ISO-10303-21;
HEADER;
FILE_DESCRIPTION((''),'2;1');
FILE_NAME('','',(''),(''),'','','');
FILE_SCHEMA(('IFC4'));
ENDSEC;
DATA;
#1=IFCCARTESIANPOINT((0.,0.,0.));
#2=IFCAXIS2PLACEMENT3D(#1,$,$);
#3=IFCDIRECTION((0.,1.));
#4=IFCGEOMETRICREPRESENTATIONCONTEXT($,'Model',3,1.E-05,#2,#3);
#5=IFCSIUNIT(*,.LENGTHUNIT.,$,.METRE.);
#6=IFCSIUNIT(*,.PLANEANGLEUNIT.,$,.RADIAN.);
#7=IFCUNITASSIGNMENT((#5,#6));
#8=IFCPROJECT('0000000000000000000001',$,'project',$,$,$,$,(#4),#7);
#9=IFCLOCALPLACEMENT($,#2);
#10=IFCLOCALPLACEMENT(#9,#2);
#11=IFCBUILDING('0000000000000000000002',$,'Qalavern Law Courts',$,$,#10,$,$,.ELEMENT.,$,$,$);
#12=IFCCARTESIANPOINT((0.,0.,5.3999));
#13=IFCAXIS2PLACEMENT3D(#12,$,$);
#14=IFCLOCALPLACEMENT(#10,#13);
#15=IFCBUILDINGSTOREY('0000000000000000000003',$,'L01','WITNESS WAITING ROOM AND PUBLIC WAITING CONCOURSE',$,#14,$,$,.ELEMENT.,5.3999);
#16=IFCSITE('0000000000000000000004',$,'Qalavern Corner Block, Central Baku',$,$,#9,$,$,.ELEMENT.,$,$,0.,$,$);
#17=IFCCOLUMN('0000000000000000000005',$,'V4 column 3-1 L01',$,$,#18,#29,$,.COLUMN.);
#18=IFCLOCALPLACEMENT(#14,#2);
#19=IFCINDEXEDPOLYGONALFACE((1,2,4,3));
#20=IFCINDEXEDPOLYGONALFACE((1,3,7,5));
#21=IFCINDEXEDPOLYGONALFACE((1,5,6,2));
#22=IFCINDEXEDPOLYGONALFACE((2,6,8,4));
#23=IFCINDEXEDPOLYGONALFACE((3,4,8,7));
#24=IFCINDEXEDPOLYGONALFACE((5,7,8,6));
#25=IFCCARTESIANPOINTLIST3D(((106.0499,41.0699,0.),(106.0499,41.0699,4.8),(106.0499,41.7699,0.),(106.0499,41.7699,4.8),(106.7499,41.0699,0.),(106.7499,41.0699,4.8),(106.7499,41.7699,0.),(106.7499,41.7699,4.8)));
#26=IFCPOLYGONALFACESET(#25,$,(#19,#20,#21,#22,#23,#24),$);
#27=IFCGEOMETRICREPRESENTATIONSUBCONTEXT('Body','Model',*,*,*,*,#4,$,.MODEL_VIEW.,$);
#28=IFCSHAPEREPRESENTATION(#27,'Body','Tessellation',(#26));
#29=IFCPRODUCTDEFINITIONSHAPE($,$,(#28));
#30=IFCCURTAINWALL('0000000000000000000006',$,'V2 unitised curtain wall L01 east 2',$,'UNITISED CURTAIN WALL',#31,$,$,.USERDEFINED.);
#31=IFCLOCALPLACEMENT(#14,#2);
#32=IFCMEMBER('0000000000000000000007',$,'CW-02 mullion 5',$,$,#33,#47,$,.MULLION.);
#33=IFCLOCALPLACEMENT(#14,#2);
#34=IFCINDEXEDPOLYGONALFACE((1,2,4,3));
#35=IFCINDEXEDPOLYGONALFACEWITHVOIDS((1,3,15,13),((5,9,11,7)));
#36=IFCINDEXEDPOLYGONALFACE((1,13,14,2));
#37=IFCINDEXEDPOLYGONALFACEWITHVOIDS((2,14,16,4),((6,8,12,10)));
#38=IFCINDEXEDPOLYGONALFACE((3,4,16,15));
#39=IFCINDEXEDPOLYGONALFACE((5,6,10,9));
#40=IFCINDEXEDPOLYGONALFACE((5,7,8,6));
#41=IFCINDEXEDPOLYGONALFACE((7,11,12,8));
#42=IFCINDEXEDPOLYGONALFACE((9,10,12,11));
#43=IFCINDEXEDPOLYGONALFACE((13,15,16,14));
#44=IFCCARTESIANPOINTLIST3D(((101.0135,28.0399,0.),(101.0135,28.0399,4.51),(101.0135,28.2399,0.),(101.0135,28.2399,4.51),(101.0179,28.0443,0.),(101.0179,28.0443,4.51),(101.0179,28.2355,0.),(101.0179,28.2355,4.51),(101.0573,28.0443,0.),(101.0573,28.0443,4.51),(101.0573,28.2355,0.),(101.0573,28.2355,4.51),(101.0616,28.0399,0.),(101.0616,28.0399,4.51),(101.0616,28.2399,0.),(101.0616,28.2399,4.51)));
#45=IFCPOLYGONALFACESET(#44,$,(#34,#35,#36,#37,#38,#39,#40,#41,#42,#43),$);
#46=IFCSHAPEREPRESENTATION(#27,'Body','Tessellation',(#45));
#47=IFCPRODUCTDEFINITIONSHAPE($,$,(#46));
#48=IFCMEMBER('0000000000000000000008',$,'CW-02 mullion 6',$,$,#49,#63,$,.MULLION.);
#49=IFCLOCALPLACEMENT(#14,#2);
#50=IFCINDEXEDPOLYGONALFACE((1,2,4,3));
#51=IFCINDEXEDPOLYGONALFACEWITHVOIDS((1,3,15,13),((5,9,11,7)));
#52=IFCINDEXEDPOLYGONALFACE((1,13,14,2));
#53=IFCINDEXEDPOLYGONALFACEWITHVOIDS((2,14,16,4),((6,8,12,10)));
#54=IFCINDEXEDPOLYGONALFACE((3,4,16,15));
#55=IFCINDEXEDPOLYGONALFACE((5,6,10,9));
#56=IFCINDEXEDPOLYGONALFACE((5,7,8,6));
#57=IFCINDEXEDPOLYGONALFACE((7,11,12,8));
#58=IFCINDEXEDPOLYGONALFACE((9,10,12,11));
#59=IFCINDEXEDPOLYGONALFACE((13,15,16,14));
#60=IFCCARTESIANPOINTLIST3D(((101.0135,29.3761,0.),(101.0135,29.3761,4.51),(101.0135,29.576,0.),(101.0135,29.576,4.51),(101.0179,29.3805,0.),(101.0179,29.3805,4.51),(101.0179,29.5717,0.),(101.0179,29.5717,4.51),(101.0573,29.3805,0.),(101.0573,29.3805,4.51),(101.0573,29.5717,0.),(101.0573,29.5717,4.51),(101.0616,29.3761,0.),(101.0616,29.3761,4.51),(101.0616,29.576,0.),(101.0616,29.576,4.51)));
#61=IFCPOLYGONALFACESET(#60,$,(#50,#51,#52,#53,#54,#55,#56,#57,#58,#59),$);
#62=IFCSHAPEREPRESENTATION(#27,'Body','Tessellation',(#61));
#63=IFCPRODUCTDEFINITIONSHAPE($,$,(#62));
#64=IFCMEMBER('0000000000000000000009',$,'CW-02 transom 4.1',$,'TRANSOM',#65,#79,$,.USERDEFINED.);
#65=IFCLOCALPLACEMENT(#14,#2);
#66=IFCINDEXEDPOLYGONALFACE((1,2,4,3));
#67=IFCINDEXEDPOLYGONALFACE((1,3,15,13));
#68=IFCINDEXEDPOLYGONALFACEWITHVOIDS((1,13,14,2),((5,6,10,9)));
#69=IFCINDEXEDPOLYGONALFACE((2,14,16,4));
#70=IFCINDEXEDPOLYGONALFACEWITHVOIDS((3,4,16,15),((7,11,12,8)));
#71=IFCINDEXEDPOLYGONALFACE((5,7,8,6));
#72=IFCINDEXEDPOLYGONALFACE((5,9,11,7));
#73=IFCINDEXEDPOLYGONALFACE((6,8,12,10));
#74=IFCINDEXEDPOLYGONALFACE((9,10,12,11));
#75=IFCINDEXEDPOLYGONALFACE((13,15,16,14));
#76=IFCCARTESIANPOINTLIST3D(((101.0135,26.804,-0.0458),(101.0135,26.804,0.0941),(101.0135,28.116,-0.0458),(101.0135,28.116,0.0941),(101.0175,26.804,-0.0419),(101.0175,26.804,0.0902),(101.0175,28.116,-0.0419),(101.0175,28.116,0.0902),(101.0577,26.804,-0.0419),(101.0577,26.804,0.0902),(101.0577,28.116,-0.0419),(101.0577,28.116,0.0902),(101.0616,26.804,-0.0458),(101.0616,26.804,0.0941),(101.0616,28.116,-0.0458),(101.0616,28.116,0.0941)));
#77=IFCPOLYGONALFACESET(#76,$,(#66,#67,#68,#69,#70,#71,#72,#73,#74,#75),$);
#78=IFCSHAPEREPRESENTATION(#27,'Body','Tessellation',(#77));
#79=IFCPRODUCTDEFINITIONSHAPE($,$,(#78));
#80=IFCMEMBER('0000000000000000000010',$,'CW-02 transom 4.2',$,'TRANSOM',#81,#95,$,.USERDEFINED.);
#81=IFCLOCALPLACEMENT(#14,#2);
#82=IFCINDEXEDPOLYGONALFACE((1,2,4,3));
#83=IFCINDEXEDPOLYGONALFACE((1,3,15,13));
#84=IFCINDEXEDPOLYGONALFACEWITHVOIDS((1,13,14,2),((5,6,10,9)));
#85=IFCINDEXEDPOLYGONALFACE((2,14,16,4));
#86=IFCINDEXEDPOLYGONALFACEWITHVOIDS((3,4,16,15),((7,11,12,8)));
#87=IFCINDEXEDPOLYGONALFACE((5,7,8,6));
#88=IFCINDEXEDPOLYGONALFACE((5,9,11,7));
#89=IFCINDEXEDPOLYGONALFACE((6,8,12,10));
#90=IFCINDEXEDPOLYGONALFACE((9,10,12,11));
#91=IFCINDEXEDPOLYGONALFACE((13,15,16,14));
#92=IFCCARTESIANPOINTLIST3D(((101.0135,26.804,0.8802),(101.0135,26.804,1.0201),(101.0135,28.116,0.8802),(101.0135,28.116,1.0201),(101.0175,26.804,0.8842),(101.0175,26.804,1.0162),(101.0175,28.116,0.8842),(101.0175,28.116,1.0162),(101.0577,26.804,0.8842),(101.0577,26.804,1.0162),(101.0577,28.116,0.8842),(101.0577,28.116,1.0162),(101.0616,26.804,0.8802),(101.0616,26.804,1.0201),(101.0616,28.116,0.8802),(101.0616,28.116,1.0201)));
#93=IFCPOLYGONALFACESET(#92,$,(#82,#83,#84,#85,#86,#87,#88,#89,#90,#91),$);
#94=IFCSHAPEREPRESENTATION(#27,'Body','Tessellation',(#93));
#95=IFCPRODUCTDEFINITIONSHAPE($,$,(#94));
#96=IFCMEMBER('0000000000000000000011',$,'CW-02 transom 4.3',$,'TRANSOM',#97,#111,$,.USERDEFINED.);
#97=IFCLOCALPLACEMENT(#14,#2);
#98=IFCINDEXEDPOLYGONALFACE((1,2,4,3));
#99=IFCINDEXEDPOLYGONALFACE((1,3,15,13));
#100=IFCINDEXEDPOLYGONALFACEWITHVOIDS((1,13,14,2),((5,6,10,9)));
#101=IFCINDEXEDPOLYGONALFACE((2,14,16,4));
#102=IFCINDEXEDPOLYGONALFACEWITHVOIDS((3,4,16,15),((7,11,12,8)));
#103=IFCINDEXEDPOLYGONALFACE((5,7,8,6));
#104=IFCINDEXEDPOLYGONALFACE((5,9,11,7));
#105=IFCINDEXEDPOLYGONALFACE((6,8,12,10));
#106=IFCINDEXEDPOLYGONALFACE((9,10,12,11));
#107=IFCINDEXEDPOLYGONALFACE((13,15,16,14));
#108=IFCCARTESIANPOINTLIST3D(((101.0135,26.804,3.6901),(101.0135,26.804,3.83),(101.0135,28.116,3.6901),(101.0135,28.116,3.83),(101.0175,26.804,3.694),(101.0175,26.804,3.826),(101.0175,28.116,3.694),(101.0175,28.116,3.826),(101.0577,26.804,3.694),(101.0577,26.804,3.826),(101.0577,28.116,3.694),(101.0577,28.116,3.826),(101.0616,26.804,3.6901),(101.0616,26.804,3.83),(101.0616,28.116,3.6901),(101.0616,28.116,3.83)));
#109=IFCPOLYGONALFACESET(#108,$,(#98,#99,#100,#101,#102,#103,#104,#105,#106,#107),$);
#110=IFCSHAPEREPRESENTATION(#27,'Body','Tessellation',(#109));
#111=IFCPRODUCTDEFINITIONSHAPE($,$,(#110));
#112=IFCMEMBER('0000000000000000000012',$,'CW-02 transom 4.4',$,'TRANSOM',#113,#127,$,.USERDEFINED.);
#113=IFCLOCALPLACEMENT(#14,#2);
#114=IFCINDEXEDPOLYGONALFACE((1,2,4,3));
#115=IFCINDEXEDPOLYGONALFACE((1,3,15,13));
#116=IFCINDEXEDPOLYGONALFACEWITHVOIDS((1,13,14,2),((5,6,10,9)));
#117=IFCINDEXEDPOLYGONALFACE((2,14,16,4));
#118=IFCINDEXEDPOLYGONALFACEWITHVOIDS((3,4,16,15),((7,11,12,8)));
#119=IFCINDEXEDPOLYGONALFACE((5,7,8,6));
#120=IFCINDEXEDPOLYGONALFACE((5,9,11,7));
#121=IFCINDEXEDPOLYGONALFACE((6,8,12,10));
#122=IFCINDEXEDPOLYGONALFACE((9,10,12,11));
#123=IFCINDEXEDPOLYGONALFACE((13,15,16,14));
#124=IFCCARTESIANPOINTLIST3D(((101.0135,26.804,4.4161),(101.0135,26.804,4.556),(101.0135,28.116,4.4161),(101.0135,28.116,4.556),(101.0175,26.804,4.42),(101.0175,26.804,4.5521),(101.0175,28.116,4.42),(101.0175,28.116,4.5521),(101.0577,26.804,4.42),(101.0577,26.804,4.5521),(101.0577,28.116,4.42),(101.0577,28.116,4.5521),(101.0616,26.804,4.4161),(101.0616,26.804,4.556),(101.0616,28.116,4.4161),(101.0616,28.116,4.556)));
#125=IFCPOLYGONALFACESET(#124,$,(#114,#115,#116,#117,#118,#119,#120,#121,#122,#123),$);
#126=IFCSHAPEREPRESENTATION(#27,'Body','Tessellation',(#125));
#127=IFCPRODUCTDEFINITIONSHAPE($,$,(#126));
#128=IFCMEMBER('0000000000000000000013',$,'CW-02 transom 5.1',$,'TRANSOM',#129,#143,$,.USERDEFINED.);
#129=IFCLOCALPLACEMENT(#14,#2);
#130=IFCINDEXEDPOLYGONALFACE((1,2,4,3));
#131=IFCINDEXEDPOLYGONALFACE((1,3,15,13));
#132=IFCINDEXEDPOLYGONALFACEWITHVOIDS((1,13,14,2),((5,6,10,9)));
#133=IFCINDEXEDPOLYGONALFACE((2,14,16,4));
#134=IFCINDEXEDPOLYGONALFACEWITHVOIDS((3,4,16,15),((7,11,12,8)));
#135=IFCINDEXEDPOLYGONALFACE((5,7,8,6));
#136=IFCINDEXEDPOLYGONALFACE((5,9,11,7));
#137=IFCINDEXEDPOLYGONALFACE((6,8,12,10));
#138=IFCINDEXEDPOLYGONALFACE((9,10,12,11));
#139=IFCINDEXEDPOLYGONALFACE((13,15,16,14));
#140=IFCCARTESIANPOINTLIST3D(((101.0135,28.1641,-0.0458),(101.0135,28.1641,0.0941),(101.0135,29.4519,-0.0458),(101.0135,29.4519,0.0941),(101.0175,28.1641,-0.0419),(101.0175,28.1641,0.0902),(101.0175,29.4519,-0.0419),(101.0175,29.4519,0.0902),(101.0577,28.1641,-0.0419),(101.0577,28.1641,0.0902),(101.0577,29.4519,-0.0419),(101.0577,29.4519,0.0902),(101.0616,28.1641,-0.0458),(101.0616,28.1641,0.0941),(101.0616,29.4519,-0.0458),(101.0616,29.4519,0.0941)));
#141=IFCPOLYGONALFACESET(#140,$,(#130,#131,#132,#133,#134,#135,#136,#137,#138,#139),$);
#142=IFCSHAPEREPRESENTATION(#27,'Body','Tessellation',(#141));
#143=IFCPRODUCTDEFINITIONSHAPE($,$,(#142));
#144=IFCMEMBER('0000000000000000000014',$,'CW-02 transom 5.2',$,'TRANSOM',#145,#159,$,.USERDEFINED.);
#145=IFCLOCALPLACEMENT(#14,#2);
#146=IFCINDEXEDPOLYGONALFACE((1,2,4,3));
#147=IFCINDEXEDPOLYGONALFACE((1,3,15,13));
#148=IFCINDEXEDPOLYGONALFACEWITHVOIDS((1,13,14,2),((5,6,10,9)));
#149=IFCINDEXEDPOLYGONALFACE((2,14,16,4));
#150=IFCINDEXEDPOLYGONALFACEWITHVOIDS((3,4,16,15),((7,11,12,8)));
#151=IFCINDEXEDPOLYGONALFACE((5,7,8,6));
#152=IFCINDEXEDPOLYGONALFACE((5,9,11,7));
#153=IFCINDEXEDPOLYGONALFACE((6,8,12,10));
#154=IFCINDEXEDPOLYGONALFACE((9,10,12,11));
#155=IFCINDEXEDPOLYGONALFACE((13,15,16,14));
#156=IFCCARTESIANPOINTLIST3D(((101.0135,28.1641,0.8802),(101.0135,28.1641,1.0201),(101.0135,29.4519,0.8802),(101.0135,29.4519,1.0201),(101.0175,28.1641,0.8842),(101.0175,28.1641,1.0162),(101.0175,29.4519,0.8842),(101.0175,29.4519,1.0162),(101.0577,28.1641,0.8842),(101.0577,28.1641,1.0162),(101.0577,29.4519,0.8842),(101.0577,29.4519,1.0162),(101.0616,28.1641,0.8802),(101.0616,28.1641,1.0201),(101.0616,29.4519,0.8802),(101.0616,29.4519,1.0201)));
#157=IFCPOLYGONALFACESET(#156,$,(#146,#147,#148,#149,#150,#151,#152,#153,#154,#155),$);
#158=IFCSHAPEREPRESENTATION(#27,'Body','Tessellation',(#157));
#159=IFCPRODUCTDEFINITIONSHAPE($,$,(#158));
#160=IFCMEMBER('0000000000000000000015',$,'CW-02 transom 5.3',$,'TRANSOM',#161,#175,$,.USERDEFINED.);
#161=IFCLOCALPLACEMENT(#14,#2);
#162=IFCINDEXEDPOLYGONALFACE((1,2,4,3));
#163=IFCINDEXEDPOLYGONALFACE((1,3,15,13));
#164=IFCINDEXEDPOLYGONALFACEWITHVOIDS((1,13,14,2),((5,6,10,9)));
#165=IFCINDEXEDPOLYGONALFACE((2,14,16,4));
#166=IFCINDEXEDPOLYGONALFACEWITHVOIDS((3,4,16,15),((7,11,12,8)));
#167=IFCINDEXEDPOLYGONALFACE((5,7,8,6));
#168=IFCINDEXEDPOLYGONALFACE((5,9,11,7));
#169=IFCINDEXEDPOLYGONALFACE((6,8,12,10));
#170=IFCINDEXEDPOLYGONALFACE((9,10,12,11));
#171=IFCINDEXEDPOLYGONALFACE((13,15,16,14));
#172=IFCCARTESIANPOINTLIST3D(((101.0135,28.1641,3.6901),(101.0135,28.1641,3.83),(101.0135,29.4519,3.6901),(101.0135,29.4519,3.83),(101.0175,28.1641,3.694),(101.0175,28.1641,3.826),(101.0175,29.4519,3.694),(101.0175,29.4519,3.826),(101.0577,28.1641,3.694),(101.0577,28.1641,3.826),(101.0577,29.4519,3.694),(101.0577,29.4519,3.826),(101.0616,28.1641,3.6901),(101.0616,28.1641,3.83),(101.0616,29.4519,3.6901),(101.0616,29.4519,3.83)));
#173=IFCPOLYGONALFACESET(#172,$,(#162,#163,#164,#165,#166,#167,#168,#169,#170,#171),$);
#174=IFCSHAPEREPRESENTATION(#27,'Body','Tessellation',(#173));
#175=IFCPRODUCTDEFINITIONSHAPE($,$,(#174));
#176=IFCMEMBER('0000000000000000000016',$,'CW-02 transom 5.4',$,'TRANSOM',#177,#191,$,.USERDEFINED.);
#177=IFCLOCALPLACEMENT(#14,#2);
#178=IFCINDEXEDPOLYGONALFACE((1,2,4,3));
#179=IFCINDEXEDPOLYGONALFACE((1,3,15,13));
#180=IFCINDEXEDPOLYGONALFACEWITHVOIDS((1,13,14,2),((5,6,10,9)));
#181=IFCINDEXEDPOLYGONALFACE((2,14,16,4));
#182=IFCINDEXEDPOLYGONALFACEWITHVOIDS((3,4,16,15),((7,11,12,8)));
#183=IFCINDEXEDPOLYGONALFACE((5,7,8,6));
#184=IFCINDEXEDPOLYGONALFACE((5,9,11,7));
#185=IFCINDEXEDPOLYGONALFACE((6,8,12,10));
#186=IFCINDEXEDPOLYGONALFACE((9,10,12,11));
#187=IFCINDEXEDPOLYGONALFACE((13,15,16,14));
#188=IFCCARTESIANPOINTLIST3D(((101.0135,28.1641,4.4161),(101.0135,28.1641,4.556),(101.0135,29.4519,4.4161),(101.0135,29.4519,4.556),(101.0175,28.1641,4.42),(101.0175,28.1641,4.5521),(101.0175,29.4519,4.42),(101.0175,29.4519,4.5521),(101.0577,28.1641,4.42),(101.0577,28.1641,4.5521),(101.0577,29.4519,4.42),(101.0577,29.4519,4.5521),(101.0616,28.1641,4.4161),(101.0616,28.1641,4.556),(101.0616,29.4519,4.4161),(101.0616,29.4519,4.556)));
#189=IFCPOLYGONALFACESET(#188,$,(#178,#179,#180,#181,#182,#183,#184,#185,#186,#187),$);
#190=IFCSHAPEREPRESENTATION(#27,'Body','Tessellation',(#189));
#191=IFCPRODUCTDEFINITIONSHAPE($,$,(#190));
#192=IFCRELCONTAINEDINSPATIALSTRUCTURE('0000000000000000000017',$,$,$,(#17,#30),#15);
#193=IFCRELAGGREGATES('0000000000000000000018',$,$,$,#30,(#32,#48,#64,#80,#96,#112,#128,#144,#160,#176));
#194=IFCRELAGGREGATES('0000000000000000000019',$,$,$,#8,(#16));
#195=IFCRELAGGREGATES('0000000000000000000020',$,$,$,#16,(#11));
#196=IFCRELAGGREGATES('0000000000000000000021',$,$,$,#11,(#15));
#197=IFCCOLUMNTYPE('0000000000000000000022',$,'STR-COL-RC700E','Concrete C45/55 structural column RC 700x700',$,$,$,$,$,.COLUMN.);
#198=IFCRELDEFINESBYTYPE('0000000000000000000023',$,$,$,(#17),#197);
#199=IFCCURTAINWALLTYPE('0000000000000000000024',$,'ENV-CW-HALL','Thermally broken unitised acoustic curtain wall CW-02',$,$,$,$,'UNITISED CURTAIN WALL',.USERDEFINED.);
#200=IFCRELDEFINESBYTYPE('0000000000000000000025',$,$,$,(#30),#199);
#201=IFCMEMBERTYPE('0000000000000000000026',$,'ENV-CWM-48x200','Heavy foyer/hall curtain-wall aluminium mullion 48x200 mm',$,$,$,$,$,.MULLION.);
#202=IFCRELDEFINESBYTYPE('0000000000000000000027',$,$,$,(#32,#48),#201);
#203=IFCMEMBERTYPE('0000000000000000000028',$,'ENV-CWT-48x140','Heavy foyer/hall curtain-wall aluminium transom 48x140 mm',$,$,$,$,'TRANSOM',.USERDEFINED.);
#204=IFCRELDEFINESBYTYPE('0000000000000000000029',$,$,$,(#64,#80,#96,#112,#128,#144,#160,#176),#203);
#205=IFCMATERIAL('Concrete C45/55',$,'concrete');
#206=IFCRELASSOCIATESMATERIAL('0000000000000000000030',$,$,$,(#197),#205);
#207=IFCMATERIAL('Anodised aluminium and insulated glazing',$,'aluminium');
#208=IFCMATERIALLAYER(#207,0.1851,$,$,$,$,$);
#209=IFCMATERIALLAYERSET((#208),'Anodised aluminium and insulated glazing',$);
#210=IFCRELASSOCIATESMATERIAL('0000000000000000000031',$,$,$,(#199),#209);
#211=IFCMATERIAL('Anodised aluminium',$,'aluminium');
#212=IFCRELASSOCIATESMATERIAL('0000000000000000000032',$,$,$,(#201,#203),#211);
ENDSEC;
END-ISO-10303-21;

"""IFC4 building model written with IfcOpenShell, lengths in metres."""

from ifc_helpers import new_model, si_unit, direction, frame, origin, origin_2d, place, context, subcontext, project, spatial, rectangle, hollow_rectangle, extrude, material, layer, layer_set, material_profile, profile_set, type_object, element, aggregate, save


model = new_model("IFC4")

# Units and contexts
model_context = context("Model", 3, precision=1e-05, world=origin(), true_north=direction((0.0, 1.0)))
body_context = subcontext(model_context, "Body", "Model", "MODEL_VIEW")
ifc_project = project(units=[si_unit("LENGTHUNIT", "METRE"), si_unit("PLANEANGLEUNIT", "RADIAN")], contexts=[model_context])

# Site, building, storey
site_placement = place(None, origin())
site = spatial("IfcSite", under=ifc_project, at=site_placement, Name="Qalavern Corner Block, Central Baku", CompositionType="ELEMENT", RefElevation=0.0)
building_placement = place(site_placement, origin())
building = spatial("IfcBuilding", under=site, at=building_placement, Name="Qalavern Law Courts", CompositionType="ELEMENT")
storey_placement = place(building_placement, frame((0.0, 0.0, 5.3999)))
storey = spatial("IfcBuildingStorey", under=building, at=storey_placement, Name="L01", Description="WITNESS WAITING ROOM AND PUBLIC WAITING CONCOURSE", CompositionType="ELEMENT", Elevation=5.3999)

# Column
ifc_material_1 = material(Name="Concrete C45/55", Category="concrete")
ifc_material_profile_1 = material_profile(ifc_material_1, rectangle(XDim=0.7, YDim=0.7, at=origin_2d()), Name="RC 700x700")
ifc_profile_set_1 = profile_set([ifc_material_profile_1], Name="Concrete C45/55")
column_type = type_object("IfcColumnType", Name="STR-COL-RC700E", Description="Concrete C45/55 structural column RC 700x700", PredefinedType="COLUMN", material=ifc_profile_set_1)
column_placement = place(storey_placement, frame((106.3999, 41.4199, 0.0), z_axis=(0.0, 0.0, 1.0), x_axis=(1.0, 0.0, 0.0)))
element("IfcColumn", 1, at=column_placement, inside=storey, type_object=column_type, Name="V4 column 3-1 L01", PredefinedType="COLUMN", context=body_context, shape_type="SweptSolid", body=[
    extrude(rectangle(XDim=0.7, YDim=0.7, at=origin_2d()), origin(), (0.0, 0.0, 1.0), 4.8),
])

# Curtain wall, members
ifc_material_2 = material(Name="Anodised aluminium and insulated glazing", Category="aluminium")
ifc_layer_1 = layer(ifc_material_2, 0.1851)
ifc_layer_set_1 = layer_set([ifc_layer_1], Name="Anodised aluminium and insulated glazing")
curtain_wall_type = type_object("IfcCurtainWallType", Name="ENV-CW-HALL", Description="Thermally broken unitised acoustic curtain wall CW-02", ElementType="UNITISED CURTAIN WALL", PredefinedType="USERDEFINED", material=ifc_layer_set_1)
curtain_wall_placement = place(storey_placement, origin())
curtain_wall = element("IfcCurtainWall", 2, at=curtain_wall_placement, inside=storey, type_object=curtain_wall_type, Name="V2 unitised curtain wall L01 east 2", ObjectType="UNITISED CURTAIN WALL", PredefinedType="USERDEFINED")
ifc_material_3 = material(Name="Anodised aluminium", Category="aluminium")
ifc_material_profile_2 = material_profile(ifc_material_3, hollow_rectangle(XDim=0.0481, YDim=0.2, WallThickness=0.0044, at=origin_2d()), Name="ALU MULLION 48x200")
ifc_profile_set_2 = profile_set([ifc_material_profile_2], Name="Anodised aluminium")
member_type_1 = type_object("IfcMemberType", Name="ENV-CWM-48x200", Description="Heavy foyer/hall curtain-wall aluminium mullion 48x200 mm", PredefinedType="MULLION", material=ifc_profile_set_2)
member_1_placement = place(storey_placement, frame((101.0376, 28.1399, 0.0), z_axis=(0.0, 0.0, 1.0), x_axis=(-1.0, 0.0, 0.0)))
member_1 = element("IfcMember", 3, at=member_1_placement, type_object=member_type_1, Name="CW-02 mullion 5", PredefinedType="MULLION", context=body_context, shape_type="SweptSolid", body=[
    extrude(hollow_rectangle(XDim=0.0481, YDim=0.2, WallThickness=0.0044, at=origin_2d()), origin(), (0.0, 0.0, 1.0), 4.51),
])
member_2_placement = place(storey_placement, frame((101.0376, 29.4761, 0.0), z_axis=(0.0, 0.0, 1.0), x_axis=(-1.0, 0.0, 0.0)))
member_2 = element("IfcMember", 4, at=member_2_placement, type_object=member_type_1, Name="CW-02 mullion 6", PredefinedType="MULLION", context=body_context, shape_type="SweptSolid", body=[
    extrude(hollow_rectangle(XDim=0.0481, YDim=0.2, WallThickness=0.0044, at=origin_2d()), origin(), (0.0, 0.0, 1.0), 4.51),
])
ifc_material_profile_3 = material_profile(ifc_material_3, hollow_rectangle(XDim=0.0481, YDim=0.1399, WallThickness=0.0039, at=origin_2d()), Name="ALU TRANSOM 48x140")
ifc_profile_set_3 = profile_set([ifc_material_profile_3], Name="Anodised aluminium")
member_type_2 = type_object("IfcMemberType", Name="ENV-CWT-48x140", Description="Heavy foyer/hall curtain-wall aluminium transom 48x140 mm", ElementType="TRANSOM", PredefinedType="USERDEFINED", material=ifc_profile_set_3)
member_3_placement = place(storey_placement, frame((101.0376, 26.804, 0.0242), z_axis=(0.0, 1.0, 0.0), x_axis=(-1.0, 0.0, 0.0)))
member_3 = element("IfcMember", 5, at=member_3_placement, type_object=member_type_2, Name="CW-02 transom 4.1", ObjectType="TRANSOM", PredefinedType="USERDEFINED", context=body_context, shape_type="SweptSolid", body=[
    extrude(hollow_rectangle(XDim=0.0481, YDim=0.1399, WallThickness=0.0039, at=origin_2d()), origin(), (0.0, 0.0, 1.0), 1.312),
])
member_4_placement = place(storey_placement, frame((101.0376, 26.804, 0.9502), z_axis=(0.0, 1.0, 0.0), x_axis=(-1.0, 0.0, 0.0)))
member_4 = element("IfcMember", 6, at=member_4_placement, type_object=member_type_2, Name="CW-02 transom 4.2", ObjectType="TRANSOM", PredefinedType="USERDEFINED", context=body_context, shape_type="SweptSolid", body=[
    extrude(hollow_rectangle(XDim=0.0481, YDim=0.1399, WallThickness=0.0039, at=origin_2d()), origin(), (0.0, 0.0, 1.0), 1.312),
])
member_5_placement = place(storey_placement, frame((101.0376, 26.804, 3.76), z_axis=(0.0, 1.0, 0.0), x_axis=(-1.0, 0.0, 0.0)))
member_5 = element("IfcMember", 7, at=member_5_placement, type_object=member_type_2, Name="CW-02 transom 4.3", ObjectType="TRANSOM", PredefinedType="USERDEFINED", context=body_context, shape_type="SweptSolid", body=[
    extrude(hollow_rectangle(XDim=0.0481, YDim=0.1399, WallThickness=0.0039, at=origin_2d()), origin(), (0.0, 0.0, 1.0), 1.312),
])
member_6_placement = place(storey_placement, frame((101.0376, 26.804, 4.4861), z_axis=(0.0, 1.0, 0.0), x_axis=(-1.0, 0.0, 0.0)))
member_6 = element("IfcMember", 8, at=member_6_placement, type_object=member_type_2, Name="CW-02 transom 4.4", ObjectType="TRANSOM", PredefinedType="USERDEFINED", context=body_context, shape_type="SweptSolid", body=[
    extrude(hollow_rectangle(XDim=0.0481, YDim=0.1399, WallThickness=0.0039, at=origin_2d()), origin(), (0.0, 0.0, 1.0), 1.312),
])
member_7_placement = place(storey_placement, frame((101.0376, 28.1641, 0.0242), z_axis=(0.0, 1.0, 0.0), x_axis=(-1.0, 0.0, 0.0)))
member_7 = element("IfcMember", 9, at=member_7_placement, type_object=member_type_2, Name="CW-02 transom 5.1", ObjectType="TRANSOM", PredefinedType="USERDEFINED", context=body_context, shape_type="SweptSolid", body=[
    extrude(hollow_rectangle(XDim=0.0481, YDim=0.1399, WallThickness=0.0039, at=origin_2d()), origin(), (0.0, 0.0, 1.0), 1.2878),
])
member_8_placement = place(storey_placement, frame((101.0376, 28.1641, 0.9502), z_axis=(0.0, 1.0, 0.0), x_axis=(-1.0, 0.0, 0.0)))
member_8 = element("IfcMember", 10, at=member_8_placement, type_object=member_type_2, Name="CW-02 transom 5.2", ObjectType="TRANSOM", PredefinedType="USERDEFINED", context=body_context, shape_type="SweptSolid", body=[
    extrude(hollow_rectangle(XDim=0.0481, YDim=0.1399, WallThickness=0.0039, at=origin_2d()), origin(), (0.0, 0.0, 1.0), 1.2878),
])
member_9_placement = place(storey_placement, frame((101.0376, 28.1641, 3.76), z_axis=(0.0, 1.0, 0.0), x_axis=(-1.0, 0.0, 0.0)))
member_9 = element("IfcMember", 11, at=member_9_placement, type_object=member_type_2, Name="CW-02 transom 5.3", ObjectType="TRANSOM", PredefinedType="USERDEFINED", context=body_context, shape_type="SweptSolid", body=[
    extrude(hollow_rectangle(XDim=0.0481, YDim=0.1399, WallThickness=0.0039, at=origin_2d()), origin(), (0.0, 0.0, 1.0), 1.2878),
])
member_10_placement = place(storey_placement, frame((101.0376, 28.1641, 4.4861), z_axis=(0.0, 1.0, 0.0), x_axis=(-1.0, 0.0, 0.0)))
member_10 = element("IfcMember", 12, at=member_10_placement, type_object=member_type_2, Name="CW-02 transom 5.4", ObjectType="TRANSOM", PredefinedType="USERDEFINED", context=body_context, shape_type="SweptSolid", body=[
    extrude(hollow_rectangle(XDim=0.0481, YDim=0.1399, WallThickness=0.0039, at=origin_2d()), origin(), (0.0, 0.0, 1.0), 1.2878),
])
aggregate(curtain_wall, [member_1, member_2, member_3, member_4, member_5, member_6, member_7, member_8, member_9, member_10])

save(model, "model.ifc")
